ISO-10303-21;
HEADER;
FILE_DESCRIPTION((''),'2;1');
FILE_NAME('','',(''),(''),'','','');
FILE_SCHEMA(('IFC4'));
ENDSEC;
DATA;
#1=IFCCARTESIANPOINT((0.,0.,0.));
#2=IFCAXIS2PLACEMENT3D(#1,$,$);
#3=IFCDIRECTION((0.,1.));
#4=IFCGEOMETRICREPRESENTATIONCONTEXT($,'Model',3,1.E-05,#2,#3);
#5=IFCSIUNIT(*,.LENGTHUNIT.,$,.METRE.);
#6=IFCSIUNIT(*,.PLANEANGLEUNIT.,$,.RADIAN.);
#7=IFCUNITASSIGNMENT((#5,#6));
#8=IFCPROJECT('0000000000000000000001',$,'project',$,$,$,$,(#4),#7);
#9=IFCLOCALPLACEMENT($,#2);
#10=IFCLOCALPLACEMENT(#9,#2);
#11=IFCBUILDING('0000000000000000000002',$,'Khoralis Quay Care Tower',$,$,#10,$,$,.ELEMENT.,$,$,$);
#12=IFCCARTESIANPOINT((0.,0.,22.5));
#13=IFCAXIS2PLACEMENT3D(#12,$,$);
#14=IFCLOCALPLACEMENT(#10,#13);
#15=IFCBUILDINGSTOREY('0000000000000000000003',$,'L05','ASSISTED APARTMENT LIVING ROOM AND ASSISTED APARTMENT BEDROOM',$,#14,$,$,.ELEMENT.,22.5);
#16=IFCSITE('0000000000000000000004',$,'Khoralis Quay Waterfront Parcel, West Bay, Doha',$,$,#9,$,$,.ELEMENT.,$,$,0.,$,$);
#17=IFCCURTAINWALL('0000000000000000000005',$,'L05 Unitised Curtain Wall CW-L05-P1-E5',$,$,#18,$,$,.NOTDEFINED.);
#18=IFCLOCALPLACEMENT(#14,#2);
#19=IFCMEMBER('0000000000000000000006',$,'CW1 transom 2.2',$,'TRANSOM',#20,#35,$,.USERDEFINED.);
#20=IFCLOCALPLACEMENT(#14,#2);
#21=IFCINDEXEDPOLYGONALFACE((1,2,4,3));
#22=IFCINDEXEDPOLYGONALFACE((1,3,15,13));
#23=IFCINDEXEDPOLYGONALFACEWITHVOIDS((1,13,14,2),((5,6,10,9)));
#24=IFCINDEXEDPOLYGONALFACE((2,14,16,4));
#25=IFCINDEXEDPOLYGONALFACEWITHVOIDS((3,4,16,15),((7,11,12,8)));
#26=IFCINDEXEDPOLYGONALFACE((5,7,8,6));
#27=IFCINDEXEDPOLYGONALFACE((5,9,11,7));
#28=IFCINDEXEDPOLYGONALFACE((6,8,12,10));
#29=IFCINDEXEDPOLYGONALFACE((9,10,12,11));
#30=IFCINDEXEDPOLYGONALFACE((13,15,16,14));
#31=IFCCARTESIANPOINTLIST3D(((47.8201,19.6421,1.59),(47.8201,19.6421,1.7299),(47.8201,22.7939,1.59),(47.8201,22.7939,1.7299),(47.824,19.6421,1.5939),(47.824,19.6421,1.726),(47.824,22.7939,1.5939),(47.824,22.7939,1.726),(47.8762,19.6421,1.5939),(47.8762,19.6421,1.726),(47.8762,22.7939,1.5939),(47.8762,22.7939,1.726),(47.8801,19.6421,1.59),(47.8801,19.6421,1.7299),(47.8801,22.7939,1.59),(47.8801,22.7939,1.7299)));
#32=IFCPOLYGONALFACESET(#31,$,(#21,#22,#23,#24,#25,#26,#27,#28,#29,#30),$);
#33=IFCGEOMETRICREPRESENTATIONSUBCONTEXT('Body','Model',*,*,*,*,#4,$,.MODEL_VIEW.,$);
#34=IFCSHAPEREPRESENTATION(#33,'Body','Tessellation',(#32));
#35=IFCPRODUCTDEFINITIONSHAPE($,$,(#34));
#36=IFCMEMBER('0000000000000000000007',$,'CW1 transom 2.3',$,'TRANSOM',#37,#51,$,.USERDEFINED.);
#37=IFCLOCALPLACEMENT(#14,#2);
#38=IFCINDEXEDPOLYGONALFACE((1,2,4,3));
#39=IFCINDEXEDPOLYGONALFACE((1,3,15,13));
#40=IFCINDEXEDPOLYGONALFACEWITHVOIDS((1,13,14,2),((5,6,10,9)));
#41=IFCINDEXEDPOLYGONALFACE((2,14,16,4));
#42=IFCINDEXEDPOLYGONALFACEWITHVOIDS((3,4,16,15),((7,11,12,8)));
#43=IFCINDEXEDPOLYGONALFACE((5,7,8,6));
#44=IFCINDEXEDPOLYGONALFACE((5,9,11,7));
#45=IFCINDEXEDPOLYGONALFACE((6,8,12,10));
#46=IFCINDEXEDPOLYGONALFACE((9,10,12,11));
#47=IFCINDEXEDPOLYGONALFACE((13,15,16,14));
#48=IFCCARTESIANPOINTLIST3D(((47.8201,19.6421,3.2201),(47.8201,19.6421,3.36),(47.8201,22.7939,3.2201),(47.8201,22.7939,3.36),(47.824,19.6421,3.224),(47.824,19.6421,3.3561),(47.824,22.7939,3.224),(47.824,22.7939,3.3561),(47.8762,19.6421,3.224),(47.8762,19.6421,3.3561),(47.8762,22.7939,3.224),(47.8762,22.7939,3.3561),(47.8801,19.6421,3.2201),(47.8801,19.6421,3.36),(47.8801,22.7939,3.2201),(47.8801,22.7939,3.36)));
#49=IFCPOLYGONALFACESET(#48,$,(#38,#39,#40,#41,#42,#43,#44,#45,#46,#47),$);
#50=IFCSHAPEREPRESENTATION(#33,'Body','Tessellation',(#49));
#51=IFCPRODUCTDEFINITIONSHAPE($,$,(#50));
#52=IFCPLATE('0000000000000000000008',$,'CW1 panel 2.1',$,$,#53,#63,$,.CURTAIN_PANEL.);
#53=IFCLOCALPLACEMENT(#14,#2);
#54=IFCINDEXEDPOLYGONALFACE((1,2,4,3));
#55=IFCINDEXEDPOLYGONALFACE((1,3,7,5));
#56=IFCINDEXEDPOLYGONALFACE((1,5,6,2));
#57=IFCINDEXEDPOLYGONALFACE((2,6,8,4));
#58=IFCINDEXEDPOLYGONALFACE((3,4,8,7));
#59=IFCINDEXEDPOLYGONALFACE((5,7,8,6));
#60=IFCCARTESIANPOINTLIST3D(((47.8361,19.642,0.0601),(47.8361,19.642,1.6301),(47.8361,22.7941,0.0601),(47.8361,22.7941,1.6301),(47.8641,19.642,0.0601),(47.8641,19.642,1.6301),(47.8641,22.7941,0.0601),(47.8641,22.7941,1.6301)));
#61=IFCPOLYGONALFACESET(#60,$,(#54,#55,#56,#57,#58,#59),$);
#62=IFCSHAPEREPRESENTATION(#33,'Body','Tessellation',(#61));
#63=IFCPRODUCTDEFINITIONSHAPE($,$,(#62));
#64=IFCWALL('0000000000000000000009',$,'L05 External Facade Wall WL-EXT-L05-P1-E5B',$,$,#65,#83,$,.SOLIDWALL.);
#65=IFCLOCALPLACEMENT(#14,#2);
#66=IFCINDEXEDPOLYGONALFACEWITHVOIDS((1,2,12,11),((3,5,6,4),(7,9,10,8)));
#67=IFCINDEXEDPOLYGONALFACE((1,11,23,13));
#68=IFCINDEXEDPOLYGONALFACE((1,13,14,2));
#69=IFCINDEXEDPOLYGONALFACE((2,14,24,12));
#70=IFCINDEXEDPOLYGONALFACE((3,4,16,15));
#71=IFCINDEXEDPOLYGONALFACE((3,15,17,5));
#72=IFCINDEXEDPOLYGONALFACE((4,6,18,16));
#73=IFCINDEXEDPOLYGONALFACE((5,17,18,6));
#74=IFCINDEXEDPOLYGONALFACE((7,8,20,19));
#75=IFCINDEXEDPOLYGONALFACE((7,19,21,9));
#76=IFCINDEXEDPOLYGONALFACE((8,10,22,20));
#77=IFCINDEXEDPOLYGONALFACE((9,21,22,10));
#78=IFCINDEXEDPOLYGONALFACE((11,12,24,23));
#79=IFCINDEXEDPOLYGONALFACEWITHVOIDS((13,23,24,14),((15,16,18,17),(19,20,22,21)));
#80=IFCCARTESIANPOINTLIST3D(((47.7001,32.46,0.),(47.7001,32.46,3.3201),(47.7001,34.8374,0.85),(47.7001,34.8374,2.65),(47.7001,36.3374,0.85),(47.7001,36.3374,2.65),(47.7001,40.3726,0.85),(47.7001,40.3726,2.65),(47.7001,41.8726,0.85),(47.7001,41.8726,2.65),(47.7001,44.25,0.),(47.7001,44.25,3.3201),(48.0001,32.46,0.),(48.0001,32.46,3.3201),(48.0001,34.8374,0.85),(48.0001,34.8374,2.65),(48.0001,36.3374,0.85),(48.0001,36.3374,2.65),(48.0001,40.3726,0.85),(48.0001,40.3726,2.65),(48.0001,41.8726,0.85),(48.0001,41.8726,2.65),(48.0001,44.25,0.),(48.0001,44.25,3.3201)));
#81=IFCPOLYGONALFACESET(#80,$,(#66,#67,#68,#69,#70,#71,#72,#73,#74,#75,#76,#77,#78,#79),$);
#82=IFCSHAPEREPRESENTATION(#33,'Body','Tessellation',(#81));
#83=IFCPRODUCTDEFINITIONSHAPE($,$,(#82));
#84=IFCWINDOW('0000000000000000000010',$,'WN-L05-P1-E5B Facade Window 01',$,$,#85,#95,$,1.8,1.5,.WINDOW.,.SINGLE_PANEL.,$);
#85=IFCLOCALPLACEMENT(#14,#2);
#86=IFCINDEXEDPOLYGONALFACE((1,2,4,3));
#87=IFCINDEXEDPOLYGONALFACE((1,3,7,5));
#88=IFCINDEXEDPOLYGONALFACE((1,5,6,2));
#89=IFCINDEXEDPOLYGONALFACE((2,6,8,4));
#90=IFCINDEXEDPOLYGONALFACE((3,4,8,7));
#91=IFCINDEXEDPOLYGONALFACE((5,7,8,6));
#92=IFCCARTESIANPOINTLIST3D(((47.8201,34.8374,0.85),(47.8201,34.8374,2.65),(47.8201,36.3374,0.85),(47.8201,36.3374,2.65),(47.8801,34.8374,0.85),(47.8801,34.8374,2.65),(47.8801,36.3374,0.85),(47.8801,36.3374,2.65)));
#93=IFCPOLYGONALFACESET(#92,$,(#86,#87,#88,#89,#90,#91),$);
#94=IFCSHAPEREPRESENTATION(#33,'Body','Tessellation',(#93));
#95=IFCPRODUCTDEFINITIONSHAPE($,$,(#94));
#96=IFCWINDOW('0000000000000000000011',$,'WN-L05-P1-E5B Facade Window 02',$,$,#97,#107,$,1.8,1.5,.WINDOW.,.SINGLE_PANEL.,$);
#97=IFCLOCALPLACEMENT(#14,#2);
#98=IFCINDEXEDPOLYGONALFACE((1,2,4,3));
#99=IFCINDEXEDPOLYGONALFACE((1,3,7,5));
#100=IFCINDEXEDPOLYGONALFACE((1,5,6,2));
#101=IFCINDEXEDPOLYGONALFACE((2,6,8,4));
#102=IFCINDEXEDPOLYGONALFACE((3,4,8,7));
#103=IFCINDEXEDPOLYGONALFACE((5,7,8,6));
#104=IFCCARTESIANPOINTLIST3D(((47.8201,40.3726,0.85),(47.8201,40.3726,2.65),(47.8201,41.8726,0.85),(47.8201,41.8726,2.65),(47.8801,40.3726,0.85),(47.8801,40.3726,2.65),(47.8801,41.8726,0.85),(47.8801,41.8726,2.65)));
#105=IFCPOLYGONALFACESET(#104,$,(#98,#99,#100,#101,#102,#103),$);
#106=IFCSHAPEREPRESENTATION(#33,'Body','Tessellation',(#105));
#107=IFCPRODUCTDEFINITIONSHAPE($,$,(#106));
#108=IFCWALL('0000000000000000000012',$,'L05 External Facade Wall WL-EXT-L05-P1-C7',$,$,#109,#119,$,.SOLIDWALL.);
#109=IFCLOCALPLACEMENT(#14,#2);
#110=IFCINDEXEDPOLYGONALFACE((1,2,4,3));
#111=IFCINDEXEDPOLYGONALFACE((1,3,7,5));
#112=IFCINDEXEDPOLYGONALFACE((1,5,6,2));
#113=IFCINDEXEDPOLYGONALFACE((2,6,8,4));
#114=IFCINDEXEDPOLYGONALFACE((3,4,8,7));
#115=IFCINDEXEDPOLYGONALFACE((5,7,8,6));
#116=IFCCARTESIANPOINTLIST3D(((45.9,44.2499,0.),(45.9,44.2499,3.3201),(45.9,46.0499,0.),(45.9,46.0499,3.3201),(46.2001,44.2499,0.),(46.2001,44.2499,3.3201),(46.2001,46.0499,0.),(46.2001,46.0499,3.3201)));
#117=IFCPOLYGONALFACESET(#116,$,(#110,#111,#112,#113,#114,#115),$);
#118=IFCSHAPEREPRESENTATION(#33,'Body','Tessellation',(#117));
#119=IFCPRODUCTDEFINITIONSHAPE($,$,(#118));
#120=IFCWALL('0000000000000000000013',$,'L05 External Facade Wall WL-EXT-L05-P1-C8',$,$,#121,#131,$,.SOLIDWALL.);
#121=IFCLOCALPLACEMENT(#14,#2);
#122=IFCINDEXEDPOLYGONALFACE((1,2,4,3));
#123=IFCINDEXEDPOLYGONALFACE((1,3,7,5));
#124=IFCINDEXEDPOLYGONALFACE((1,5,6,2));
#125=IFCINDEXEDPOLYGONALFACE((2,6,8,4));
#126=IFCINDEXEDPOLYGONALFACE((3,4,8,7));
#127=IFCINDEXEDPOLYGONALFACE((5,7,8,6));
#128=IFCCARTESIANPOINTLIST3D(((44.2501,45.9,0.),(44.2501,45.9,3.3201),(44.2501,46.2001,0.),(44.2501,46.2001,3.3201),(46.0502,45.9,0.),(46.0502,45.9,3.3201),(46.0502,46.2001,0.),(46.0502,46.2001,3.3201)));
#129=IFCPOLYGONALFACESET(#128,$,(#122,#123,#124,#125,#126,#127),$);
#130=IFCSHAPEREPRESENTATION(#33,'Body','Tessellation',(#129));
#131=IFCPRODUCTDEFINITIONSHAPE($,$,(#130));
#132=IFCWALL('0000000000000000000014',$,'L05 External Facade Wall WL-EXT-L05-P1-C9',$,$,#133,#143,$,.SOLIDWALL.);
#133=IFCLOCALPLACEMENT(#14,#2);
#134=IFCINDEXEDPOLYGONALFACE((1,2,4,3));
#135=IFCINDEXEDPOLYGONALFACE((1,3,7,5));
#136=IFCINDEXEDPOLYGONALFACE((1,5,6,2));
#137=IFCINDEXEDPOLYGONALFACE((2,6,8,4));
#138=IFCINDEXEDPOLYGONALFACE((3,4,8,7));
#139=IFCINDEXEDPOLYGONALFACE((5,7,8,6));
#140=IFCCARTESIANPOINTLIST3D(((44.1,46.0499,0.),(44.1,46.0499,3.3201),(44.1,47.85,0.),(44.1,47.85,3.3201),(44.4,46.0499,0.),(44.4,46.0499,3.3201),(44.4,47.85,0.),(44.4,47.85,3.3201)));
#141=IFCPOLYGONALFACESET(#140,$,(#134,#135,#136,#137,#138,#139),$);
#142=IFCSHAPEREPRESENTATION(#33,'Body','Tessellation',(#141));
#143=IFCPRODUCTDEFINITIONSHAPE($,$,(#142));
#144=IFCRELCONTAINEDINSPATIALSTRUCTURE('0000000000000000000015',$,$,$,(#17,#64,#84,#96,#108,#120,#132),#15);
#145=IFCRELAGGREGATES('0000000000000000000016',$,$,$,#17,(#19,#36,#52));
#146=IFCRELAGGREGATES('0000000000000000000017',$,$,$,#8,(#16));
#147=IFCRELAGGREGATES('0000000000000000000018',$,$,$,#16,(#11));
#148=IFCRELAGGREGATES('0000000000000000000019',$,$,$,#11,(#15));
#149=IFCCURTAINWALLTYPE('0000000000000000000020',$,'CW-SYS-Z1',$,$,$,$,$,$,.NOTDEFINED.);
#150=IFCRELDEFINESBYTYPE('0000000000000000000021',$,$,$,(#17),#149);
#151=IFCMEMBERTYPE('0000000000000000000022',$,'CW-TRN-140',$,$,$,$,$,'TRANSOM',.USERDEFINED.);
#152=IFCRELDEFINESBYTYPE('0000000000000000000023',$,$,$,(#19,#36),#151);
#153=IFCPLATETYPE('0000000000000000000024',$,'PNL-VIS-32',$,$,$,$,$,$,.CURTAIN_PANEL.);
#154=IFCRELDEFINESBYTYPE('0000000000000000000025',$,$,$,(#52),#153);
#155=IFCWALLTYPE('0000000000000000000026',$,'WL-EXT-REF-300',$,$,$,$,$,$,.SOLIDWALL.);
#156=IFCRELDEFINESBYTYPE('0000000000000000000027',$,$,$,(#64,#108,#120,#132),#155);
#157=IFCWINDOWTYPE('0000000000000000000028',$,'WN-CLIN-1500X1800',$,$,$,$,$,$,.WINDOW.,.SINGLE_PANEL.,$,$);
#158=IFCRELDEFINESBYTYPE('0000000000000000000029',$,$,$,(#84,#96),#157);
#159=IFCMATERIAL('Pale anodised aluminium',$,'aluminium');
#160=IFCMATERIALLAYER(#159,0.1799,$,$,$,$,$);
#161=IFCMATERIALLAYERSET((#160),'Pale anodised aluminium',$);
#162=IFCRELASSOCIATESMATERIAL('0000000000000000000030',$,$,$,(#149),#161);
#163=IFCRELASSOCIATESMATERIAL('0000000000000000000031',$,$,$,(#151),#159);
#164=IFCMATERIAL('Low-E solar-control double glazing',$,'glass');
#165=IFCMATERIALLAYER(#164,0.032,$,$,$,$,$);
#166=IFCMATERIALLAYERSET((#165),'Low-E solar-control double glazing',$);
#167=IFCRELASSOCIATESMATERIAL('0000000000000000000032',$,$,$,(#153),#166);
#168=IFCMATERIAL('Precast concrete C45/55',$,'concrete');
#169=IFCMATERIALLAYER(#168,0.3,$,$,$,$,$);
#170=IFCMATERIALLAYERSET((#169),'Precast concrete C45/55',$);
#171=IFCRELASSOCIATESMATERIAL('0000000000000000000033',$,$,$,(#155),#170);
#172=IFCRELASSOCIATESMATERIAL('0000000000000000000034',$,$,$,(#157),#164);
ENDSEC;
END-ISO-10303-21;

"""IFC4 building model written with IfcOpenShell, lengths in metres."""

from ifc_helpers import new_model, si_unit, direction, frame, frame_2d, origin, origin_2d, place, context, subcontext, project, spatial, rectangle, hollow_rectangle, extrude, source, transform, mapped, material, layer, layer_set, material_profile, profile_set, type_object, element, fill, aggregate, save


model = new_model("IFC4")

# Units and contexts
model_context = context("Model", 3, precision=1e-05, world=origin(), true_north=direction((0.0, 1.0)))
body_context = subcontext(model_context, "Body", "Model", "MODEL_VIEW")
ifc_project = project(units=[si_unit("LENGTHUNIT", "METRE"), si_unit("PLANEANGLEUNIT", "RADIAN")], contexts=[model_context])

# Site, building, storey
site_placement = place(None, origin())
site = spatial("IfcSite", under=ifc_project, at=site_placement, Name="Khoralis Quay Waterfront Parcel, West Bay, Doha", CompositionType="ELEMENT", RefElevation=0.0)
building_placement = place(site_placement, origin())
building = spatial("IfcBuilding", under=site, at=building_placement, Name="Khoralis Quay Care Tower", CompositionType="ELEMENT")
storey_placement = place(building_placement, frame((0.0, 0.0, 22.5)))
storey = spatial("IfcBuildingStorey", under=building, at=storey_placement, Name="L05", Description="ASSISTED APARTMENT LIVING ROOM AND ASSISTED APARTMENT BEDROOM", CompositionType="ELEMENT", Elevation=22.5)

# Curtain wall, members, plate
ifc_material_1 = material(Name="Pale anodised aluminium", Category="aluminium")
ifc_layer_1 = layer(ifc_material_1, 0.1799)
ifc_layer_set_1 = layer_set([ifc_layer_1], Name="Pale anodised aluminium")
curtain_wall_type = type_object("IfcCurtainWallType", Name="CW-SYS-Z1", PredefinedType="NOTDEFINED", material=ifc_layer_set_1)
curtain_wall_placement = place(storey_placement, origin())
curtain_wall = element("IfcCurtainWall", 1, at=curtain_wall_placement, inside=storey, type_object=curtain_wall_type, Name="L05 Unitised Curtain Wall CW-L05-P1-E5", PredefinedType="NOTDEFINED")
ifc_material_profile_1 = material_profile(ifc_material_1, hollow_rectangle(XDim=0.0601, YDim=0.1399, WallThickness=0.0039, at=origin_2d()), Name="Pale anodised aluminium")
ifc_profile_set_1 = profile_set([ifc_material_profile_1], Name="Pale anodised aluminium")
member_type_1 = type_object("IfcMemberType", Name="CW-TRN-140", ElementType="TRANSOM", PredefinedType="USERDEFINED", material=ifc_profile_set_1)
shared_shape_1 = source(origin(), body_context, "Body", "SweptSolid", [
    extrude(hollow_rectangle(XDim=0.0601, YDim=0.1399, WallThickness=0.0039, at=origin_2d()), origin(), (0.0, 0.0, 1.0), 3.1519),
])
member_1_placement = place(storey_placement, frame((47.8501, 19.6421, 1.6599), z_axis=(0.0, 1.0, 0.0), x_axis=(-1.0, 0.0, 0.0)))
member_1 = element("IfcMember", 2, at=member_1_placement, type_object=member_type_1, Name="CW1 transom 2.2", ObjectType="TRANSOM", PredefinedType="USERDEFINED", context=body_context, shape_type="MappedRepresentation", body=[
    mapped(shared_shape_1, transform((0.0, 0.0, 0.0), scale=1.0)),
])
member_2_placement = place(storey_placement, frame((47.8501, 19.6421, 3.29), z_axis=(0.0, 1.0, 0.0), x_axis=(-1.0, 0.0, 0.0)))
member_2 = element("IfcMember", 3, at=member_2_placement, type_object=member_type_1, Name="CW1 transom 2.3", ObjectType="TRANSOM", PredefinedType="USERDEFINED", context=body_context, shape_type="MappedRepresentation", body=[
    mapped(shared_shape_1, transform((0.0, 0.0, 0.0), scale=1.0)),
])
ifc_material_2 = material(Name="Low-E solar-control double glazing", Category="glass")
ifc_layer_2 = layer(ifc_material_2, 0.032)
ifc_layer_set_2 = layer_set([ifc_layer_2], Name="Low-E solar-control double glazing")
plate_type = type_object("IfcPlateType", Name="PNL-VIS-32", PredefinedType="CURTAIN_PANEL", material=ifc_layer_set_2)
shared_shape_2 = source(origin(), body_context, "Body", "SweptSolid", [
    extrude(rectangle(XDim=3.1521, YDim=0.0281, at=origin_2d()), origin(), (0.0, 0.0, 1.0), 1.5701),
])
plate_placement = place(storey_placement, frame((47.8501, 21.218, 0.0601), z_axis=(0.0, 0.0, 1.0), x_axis=(0.0, 1.0, 0.0)))
plate = element("IfcPlate", 4, at=plate_placement, type_object=plate_type, Name="CW1 panel 2.1", PredefinedType="CURTAIN_PANEL", context=body_context, shape_type="MappedRepresentation", body=[
    mapped(shared_shape_2, transform((0.0, 0.0, 0.0), scale=1.0)),
])
aggregate(curtain_wall, [member_1, member_2, plate])

# Wall, openings, windows
ifc_material_3 = material(Name="Precast concrete C45/55", Category="concrete")
ifc_layer_3 = layer(ifc_material_3, 0.3)
ifc_layer_set_3 = layer_set([ifc_layer_3], Name="Precast concrete C45/55")
wall_type_1 = type_object("IfcWallType", Name="WL-EXT-REF-300", PredefinedType="SOLIDWALL", material=ifc_layer_set_3)
wall_1_placement = place(storey_placement, frame((47.8501, 32.46, 0.0), z_axis=(0.0, 0.0, 1.0), x_axis=(0.0, 1.0, 0.0)))
wall_1 = element("IfcWall", 5, at=wall_1_placement, inside=storey, type_object=wall_type_1, Name="L05 External Facade Wall WL-EXT-L05-P1-E5B", PredefinedType="SOLIDWALL", context=body_context, shape_type="SweptSolid", body=[
    extrude(rectangle(XDim=11.79, YDim=0.3, at=frame_2d((5.895, 0.0))), origin(), (0.0, 0.0, 1.0), 3.3201),
])
opening_1_placement = place(wall_1_placement, frame((2.3774, 0.0, 0.8501)))
opening_1 = element("IfcOpeningElement", 6, at=opening_1_placement, cuts=wall_1, PredefinedType="OPENING", context=body_context, shape_type="SweptSolid", body=[
    extrude(rectangle(XDim=1.5, YDim=1.8, at=frame_2d((0.75, 0.8999))), frame((0.0, 0.1602, 0.0), z_axis=(0.0, -1.0, 0.0), x_axis=(1.0, 0.0, 0.0)), (0.0, 0.0, 1.0), 0.3201),
])
opening_2_placement = place(wall_1_placement, frame((7.9126, 0.0, 0.8501)))
opening_2 = element("IfcOpeningElement", 7, at=opening_2_placement, cuts=wall_1, PredefinedType="OPENING", context=body_context, shape_type="SweptSolid", body=[
    extrude(rectangle(XDim=1.5, YDim=1.8, at=frame_2d((0.75, 0.8999))), frame((0.0, 0.1602, 0.0), z_axis=(0.0, -1.0, 0.0), x_axis=(1.0, 0.0, 0.0)), (0.0, 0.0, 1.0), 0.3201),
])
window_type = type_object("IfcWindowType", Name="WN-CLIN-1500X1800", PartitioningType="SINGLE_PANEL", PredefinedType="WINDOW", material=ifc_material_2)
shared_shape_3 = source(origin(), body_context, "Body", "SweptSolid", [
    extrude(rectangle(XDim=1.5, YDim=1.8, at=frame_2d((0.75, 0.8999))), frame((0.0, 0.03, 0.0), z_axis=(0.0, -1.0, 0.0), x_axis=(1.0, 0.0, 0.0)), (0.0, 0.0, 1.0), 0.0601),
])
window_1_placement = place(opening_1_placement, origin())
window_1 = element("IfcWindow", 8, at=window_1_placement, inside=storey, type_object=window_type, Name="WN-L05-P1-E5B Facade Window 01", OverallHeight=1.8, OverallWidth=1.5, PartitioningType="SINGLE_PANEL", PredefinedType="WINDOW", context=body_context, shape_type="MappedRepresentation", body=[
    mapped(shared_shape_3, transform((0.0, 0.0, 0.0), scale=1.0)),
])
fill(opening_1, window_1)
window_2_placement = place(opening_2_placement, origin())
window_2 = element("IfcWindow", 9, at=window_2_placement, inside=storey, type_object=window_type, Name="WN-L05-P1-E5B Facade Window 02", OverallHeight=1.8, OverallWidth=1.5, PartitioningType="SINGLE_PANEL", PredefinedType="WINDOW", context=body_context, shape_type="MappedRepresentation", body=[
    mapped(shared_shape_3, transform((0.0, 0.0, 0.0), scale=1.0)),
])
fill(opening_2, window_2)

# Walls
for number, where, z_axis, x_axis, name in (
    (10, (46.05, 44.25, 0.0), (0.0, 0.0, 1.0), (0.0, 1.0, 0.0), "L05 External Facade Wall WL-EXT-L05-P1-C7"),
    (11, (46.05, 46.05, 0.0), (0.0, 0.0, 1.0), (-1.0, 0.0, 0.0), "L05 External Facade Wall WL-EXT-L05-P1-C8"),
    (12, (44.25, 46.05, 0.0), (0.0, 0.0, 1.0), (0.0, 1.0, 0.0), "L05 External Facade Wall WL-EXT-L05-P1-C9"),
):
    element("IfcWall", number, at=place(storey_placement, frame(where, z_axis=z_axis, x_axis=x_axis)), inside=storey, type_object=wall_type_1, Name=name, PredefinedType="SOLIDWALL", context=body_context, shape_type="SweptSolid", body=[
        extrude(rectangle(XDim=1.8, YDim=0.3, at=frame_2d((0.8999, 0.0))), origin(), (0.0, 0.0, 1.0), 3.3201),
    ])

save(model, "model.ifc")
